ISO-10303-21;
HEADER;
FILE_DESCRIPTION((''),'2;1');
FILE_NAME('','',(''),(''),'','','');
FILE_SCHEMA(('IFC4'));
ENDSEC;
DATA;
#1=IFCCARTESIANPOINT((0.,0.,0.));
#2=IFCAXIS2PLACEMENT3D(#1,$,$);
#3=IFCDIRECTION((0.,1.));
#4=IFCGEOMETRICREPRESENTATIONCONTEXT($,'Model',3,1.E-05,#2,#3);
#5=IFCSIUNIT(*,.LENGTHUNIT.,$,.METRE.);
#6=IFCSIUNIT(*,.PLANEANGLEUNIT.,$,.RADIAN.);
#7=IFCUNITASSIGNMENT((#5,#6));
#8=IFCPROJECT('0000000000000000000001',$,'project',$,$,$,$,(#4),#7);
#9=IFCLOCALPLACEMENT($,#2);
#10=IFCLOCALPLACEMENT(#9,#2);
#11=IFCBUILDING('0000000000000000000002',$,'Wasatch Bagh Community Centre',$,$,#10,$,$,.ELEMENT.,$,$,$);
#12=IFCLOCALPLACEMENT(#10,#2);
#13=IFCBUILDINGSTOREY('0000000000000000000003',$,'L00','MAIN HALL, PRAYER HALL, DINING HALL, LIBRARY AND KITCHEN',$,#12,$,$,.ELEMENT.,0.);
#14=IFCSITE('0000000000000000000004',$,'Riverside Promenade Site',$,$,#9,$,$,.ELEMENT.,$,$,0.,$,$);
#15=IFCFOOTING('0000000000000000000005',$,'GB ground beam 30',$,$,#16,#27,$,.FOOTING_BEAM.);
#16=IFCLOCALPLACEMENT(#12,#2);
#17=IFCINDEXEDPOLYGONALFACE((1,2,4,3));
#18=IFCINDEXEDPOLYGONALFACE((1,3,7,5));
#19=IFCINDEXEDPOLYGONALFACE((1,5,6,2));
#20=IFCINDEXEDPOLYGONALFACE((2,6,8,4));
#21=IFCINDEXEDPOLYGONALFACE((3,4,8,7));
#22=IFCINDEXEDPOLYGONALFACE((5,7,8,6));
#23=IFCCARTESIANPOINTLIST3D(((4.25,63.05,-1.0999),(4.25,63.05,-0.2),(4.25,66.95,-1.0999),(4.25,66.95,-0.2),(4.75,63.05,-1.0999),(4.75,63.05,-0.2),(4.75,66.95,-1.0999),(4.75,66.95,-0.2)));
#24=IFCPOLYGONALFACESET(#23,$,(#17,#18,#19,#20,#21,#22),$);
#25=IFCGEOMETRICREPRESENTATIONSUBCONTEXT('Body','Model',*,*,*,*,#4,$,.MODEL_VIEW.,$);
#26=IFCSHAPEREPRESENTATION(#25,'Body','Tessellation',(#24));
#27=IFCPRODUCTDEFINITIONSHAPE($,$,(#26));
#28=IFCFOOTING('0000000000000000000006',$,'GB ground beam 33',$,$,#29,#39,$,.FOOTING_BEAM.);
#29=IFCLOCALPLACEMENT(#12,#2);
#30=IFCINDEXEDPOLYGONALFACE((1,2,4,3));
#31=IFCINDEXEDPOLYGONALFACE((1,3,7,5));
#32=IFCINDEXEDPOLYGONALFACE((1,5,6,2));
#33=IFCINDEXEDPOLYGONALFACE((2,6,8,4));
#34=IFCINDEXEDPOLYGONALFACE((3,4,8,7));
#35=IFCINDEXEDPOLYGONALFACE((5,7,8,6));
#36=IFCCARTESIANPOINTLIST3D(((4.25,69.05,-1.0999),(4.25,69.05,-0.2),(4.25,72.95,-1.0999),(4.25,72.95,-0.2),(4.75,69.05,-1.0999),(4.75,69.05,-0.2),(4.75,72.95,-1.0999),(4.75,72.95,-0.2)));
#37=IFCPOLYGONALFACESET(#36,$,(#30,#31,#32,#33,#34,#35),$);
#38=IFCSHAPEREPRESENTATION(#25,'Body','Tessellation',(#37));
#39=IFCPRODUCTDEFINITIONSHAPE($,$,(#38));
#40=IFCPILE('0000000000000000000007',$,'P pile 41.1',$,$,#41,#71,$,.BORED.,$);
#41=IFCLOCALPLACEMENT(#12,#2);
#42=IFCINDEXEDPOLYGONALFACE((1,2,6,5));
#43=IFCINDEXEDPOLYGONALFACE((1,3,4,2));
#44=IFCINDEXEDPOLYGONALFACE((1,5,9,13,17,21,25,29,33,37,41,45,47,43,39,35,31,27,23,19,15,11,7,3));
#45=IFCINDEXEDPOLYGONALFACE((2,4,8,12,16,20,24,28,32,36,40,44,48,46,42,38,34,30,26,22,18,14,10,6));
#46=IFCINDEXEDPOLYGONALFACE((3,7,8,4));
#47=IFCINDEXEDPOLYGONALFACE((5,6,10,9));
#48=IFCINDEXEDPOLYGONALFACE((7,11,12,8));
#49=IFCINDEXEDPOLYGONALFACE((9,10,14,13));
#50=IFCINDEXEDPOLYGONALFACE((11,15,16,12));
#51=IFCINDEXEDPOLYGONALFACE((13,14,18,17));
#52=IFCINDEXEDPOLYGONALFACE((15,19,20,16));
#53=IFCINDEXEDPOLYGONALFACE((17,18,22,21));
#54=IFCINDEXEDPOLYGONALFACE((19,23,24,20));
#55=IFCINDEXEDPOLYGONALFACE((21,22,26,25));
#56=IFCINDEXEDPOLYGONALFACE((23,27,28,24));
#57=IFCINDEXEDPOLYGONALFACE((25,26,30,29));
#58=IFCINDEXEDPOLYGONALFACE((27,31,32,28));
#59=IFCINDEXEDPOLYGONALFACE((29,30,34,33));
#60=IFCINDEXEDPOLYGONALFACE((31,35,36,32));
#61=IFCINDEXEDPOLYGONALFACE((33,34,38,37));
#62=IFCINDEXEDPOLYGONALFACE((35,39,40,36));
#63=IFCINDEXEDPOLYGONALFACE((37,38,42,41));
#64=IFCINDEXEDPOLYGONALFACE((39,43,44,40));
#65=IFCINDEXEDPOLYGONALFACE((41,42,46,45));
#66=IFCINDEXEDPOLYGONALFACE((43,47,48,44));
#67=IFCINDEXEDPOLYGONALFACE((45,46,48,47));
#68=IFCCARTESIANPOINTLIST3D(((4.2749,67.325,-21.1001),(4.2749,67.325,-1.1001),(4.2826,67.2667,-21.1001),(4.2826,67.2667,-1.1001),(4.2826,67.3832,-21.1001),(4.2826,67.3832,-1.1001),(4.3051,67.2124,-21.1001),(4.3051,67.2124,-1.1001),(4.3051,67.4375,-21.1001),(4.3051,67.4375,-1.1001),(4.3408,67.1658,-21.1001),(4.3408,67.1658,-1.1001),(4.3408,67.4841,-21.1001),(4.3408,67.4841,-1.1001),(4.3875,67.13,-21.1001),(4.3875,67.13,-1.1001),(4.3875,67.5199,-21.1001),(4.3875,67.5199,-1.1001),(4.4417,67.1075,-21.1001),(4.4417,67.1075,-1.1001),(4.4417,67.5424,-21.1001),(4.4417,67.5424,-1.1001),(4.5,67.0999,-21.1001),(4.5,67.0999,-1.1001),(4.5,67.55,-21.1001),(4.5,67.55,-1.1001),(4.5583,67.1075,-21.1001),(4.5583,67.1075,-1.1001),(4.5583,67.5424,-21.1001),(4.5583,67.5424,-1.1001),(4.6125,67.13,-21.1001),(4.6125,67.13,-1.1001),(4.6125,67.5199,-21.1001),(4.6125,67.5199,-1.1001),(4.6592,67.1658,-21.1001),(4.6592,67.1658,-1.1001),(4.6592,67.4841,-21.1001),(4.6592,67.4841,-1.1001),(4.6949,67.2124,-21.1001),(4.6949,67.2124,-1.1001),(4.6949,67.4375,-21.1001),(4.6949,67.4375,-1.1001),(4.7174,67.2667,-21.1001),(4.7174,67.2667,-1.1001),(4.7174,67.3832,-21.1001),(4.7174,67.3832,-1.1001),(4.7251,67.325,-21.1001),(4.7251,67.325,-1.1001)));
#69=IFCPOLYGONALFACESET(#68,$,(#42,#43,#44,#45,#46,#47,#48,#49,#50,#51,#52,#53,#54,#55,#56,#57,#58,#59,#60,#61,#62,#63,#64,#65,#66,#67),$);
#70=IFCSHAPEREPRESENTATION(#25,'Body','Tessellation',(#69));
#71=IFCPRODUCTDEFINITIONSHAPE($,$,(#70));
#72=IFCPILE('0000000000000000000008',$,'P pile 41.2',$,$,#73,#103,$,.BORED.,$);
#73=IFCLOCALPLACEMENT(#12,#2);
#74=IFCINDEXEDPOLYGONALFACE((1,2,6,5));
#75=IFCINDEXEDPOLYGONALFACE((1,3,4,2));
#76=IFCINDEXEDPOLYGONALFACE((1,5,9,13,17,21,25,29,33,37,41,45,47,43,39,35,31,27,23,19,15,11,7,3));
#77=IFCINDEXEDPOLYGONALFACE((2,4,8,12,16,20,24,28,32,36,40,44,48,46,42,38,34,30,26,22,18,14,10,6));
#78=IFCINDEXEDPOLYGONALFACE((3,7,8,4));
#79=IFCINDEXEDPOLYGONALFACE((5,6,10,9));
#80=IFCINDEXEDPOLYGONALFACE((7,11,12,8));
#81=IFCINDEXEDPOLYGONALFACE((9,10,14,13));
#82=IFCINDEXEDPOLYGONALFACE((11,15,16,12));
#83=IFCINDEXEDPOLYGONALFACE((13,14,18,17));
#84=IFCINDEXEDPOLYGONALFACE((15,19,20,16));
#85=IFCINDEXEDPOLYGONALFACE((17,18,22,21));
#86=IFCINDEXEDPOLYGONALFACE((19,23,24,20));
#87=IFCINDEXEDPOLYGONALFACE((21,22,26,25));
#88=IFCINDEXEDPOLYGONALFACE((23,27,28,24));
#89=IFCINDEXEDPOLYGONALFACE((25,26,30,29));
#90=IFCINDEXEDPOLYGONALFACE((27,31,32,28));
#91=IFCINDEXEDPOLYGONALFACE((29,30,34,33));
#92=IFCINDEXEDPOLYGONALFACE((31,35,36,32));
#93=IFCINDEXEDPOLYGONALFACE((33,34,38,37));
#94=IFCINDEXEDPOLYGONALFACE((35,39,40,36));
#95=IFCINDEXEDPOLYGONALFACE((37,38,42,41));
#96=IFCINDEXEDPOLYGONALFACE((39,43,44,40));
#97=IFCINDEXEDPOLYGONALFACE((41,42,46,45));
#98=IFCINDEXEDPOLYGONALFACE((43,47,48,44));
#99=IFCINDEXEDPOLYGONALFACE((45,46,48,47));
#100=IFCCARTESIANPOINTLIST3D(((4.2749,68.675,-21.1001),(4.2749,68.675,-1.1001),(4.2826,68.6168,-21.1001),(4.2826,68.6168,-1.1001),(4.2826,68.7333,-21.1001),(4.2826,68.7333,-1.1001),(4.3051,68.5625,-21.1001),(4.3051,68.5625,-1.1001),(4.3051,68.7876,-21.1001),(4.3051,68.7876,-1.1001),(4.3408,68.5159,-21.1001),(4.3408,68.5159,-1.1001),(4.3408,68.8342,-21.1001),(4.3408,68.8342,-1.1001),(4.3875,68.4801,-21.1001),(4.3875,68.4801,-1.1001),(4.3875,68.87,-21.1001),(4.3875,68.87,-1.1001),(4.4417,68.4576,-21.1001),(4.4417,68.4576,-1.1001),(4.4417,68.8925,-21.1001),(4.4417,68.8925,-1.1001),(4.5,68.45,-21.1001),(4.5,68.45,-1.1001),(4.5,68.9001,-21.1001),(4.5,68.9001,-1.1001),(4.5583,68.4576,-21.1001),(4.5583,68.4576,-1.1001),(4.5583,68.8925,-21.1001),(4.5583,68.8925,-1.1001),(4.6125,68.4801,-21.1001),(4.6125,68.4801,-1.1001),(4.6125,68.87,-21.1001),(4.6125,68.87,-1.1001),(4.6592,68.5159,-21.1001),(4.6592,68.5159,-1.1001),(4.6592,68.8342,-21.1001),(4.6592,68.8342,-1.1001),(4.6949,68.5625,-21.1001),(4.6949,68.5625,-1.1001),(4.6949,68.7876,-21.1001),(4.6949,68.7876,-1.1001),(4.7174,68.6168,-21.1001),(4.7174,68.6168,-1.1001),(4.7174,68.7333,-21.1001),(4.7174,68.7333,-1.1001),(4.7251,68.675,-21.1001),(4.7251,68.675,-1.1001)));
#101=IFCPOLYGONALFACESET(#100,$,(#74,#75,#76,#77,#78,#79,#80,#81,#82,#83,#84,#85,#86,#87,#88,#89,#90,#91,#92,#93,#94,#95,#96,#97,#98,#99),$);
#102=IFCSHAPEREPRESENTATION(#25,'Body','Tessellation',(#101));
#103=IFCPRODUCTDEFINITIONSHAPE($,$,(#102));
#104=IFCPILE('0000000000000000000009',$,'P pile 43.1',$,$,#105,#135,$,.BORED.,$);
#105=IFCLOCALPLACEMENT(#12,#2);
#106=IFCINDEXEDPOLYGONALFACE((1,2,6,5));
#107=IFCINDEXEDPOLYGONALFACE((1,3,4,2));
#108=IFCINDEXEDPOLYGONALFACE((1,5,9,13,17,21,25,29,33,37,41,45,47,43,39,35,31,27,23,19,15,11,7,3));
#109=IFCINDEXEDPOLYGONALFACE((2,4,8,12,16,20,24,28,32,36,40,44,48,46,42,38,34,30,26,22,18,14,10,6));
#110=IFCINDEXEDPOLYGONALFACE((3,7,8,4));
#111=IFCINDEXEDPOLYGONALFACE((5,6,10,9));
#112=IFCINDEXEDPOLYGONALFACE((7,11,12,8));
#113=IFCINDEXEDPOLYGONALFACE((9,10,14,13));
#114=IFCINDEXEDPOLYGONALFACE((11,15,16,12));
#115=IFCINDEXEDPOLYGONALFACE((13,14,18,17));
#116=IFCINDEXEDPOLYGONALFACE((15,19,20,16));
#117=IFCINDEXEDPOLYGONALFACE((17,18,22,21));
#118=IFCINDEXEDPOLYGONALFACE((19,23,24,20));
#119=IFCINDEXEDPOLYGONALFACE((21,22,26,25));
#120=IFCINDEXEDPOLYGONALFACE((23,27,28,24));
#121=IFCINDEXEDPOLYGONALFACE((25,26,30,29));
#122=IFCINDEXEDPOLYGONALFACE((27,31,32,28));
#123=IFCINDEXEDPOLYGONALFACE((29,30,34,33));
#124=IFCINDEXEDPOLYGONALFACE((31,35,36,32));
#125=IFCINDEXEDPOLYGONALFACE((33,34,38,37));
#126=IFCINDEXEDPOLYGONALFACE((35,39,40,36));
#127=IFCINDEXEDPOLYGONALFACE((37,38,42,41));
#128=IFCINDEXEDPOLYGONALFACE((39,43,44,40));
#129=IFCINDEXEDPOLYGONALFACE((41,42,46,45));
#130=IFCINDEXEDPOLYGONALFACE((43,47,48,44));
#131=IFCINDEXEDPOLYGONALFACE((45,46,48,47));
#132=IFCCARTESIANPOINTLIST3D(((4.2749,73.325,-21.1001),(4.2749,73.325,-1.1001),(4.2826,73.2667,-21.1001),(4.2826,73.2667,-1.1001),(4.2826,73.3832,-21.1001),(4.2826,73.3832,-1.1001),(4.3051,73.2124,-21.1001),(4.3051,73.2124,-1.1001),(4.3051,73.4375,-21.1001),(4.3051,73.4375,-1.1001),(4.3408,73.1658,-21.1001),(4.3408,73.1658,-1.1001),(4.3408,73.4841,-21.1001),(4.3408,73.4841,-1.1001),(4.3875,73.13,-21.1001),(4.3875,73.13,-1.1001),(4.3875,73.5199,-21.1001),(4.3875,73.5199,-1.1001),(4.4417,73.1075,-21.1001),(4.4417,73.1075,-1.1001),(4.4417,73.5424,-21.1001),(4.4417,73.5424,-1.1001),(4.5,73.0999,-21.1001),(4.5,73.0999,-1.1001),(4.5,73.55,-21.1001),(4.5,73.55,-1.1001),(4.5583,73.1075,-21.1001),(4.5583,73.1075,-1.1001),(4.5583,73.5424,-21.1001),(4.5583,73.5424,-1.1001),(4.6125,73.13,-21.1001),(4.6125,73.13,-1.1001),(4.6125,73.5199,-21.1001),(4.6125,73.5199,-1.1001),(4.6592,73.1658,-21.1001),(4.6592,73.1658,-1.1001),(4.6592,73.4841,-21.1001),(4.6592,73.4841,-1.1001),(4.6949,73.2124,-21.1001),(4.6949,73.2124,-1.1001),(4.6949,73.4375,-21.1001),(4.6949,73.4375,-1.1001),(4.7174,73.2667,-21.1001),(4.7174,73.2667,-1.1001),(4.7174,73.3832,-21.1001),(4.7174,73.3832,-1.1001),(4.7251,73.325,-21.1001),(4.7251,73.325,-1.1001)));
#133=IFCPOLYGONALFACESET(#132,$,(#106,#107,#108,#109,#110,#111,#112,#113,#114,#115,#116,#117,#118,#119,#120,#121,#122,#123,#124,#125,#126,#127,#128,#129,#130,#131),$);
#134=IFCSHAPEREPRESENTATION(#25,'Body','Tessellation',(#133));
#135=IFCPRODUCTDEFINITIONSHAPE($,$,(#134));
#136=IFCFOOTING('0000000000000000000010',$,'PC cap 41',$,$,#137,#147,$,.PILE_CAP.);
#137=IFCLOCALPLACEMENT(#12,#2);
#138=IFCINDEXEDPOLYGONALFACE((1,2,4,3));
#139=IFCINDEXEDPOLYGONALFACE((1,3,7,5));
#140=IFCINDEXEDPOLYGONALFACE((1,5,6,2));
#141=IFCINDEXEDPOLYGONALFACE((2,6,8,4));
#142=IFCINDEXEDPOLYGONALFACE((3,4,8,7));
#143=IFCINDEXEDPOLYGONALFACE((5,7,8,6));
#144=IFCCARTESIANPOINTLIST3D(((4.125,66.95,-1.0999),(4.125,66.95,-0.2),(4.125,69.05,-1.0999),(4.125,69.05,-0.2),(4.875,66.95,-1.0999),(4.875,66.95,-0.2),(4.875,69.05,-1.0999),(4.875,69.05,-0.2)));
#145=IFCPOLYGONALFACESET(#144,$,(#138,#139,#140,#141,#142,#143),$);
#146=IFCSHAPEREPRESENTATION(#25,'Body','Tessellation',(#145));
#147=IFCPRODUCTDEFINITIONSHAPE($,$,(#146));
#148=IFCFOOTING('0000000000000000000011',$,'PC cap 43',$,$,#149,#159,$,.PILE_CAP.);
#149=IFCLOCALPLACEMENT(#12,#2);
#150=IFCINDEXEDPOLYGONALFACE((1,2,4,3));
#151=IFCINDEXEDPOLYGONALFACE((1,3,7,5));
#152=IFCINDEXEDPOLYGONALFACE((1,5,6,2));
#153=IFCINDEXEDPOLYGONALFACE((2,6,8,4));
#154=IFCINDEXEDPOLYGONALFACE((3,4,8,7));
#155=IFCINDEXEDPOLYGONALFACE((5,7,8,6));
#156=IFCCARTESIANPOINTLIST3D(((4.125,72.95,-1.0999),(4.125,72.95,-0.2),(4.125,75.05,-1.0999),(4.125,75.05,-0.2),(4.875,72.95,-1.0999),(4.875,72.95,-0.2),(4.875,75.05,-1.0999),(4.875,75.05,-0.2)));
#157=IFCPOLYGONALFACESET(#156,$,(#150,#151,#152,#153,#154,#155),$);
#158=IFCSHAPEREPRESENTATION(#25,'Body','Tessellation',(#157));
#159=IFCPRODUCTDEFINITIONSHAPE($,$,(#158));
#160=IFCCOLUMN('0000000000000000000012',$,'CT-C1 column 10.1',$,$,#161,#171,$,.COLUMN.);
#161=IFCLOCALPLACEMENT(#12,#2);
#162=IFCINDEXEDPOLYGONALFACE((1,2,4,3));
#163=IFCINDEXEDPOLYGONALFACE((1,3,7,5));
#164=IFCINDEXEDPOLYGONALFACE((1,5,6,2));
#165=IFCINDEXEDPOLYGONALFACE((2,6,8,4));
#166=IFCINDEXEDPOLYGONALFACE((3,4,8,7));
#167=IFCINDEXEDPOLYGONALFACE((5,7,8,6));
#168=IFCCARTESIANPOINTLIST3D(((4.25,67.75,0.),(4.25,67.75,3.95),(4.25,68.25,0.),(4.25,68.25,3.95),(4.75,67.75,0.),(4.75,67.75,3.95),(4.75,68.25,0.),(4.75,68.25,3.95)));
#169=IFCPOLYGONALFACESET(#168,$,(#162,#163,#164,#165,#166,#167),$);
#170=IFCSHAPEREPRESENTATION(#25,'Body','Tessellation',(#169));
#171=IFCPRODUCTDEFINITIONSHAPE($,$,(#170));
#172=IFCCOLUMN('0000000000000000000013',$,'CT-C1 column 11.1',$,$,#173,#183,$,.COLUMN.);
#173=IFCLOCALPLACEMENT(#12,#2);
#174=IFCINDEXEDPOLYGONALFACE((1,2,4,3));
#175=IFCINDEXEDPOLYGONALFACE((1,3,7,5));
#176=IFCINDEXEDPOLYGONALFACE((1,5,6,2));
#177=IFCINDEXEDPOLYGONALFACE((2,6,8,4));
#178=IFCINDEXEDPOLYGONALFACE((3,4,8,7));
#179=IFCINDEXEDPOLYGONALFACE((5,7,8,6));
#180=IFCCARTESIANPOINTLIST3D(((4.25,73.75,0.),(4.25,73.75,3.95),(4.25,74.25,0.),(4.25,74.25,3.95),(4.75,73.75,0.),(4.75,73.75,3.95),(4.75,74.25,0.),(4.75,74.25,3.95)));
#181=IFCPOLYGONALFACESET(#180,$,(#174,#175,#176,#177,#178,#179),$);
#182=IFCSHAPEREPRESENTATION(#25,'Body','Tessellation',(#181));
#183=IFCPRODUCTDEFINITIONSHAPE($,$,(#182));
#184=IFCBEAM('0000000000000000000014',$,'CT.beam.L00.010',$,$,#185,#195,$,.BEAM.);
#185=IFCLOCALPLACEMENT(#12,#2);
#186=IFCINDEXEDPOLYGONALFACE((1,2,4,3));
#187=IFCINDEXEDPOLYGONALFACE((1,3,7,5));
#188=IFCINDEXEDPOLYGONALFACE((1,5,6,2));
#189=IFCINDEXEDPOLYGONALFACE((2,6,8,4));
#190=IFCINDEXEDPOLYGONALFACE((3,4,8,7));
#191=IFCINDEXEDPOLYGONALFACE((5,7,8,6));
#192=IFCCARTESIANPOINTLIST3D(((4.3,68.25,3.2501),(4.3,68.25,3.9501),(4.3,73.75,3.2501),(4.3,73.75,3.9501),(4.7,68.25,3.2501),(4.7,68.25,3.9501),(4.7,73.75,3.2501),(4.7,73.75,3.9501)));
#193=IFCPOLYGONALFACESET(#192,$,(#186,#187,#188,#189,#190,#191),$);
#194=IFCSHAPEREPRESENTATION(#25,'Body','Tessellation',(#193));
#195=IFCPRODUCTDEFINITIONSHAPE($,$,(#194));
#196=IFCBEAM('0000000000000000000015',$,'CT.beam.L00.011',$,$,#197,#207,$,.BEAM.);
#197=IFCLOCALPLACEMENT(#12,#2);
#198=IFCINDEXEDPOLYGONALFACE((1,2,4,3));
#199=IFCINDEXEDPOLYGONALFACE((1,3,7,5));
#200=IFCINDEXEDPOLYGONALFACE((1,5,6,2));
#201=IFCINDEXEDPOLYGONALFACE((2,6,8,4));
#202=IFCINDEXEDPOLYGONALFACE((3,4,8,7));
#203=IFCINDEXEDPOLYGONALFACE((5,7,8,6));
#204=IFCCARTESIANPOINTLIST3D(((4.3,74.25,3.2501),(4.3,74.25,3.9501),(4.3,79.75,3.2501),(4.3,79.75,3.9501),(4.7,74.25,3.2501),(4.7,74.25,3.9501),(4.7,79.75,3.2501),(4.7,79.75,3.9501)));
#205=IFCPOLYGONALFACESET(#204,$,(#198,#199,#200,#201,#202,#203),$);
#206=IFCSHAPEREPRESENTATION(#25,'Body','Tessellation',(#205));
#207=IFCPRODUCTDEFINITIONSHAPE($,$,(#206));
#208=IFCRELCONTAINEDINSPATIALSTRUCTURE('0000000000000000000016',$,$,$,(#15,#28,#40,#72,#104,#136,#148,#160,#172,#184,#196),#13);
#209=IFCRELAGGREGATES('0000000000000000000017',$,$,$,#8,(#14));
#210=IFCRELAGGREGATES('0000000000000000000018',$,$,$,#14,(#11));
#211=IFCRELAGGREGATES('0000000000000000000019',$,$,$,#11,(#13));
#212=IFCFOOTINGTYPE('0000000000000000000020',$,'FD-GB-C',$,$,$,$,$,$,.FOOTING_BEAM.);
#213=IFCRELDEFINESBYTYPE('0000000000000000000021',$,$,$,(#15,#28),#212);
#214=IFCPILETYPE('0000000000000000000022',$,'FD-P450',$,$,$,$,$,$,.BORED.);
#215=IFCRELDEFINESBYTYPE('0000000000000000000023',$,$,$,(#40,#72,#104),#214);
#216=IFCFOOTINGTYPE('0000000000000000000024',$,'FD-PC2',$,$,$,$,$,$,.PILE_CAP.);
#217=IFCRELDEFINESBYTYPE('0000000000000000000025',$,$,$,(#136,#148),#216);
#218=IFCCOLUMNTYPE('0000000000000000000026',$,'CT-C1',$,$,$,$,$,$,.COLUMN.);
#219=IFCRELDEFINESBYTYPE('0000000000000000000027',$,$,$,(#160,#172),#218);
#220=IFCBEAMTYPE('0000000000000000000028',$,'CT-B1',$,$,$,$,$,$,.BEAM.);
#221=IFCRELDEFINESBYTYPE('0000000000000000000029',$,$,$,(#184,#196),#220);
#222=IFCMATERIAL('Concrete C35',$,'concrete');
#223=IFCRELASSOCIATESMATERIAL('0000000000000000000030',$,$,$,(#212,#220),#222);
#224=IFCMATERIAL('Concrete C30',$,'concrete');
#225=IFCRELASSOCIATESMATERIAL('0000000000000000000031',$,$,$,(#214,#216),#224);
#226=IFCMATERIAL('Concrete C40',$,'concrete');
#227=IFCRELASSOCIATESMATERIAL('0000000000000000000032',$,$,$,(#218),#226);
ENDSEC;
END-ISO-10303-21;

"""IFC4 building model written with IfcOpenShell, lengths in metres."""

from ifc_helpers import new_model, si_unit, direction, frame, origin, origin_2d, place, context, subcontext, project, spatial, rectangle, circle, extrude, material, material_profile, profile_set, type_object, element, save


model = new_model("IFC4")

# Units and contexts
model_context = context("Model", 3, precision=1e-05, world=origin(), true_north=direction((0.0, 1.0)))
body_context = subcontext(model_context, "Body", "Model", "MODEL_VIEW")
ifc_project = project(units=[si_unit("LENGTHUNIT", "METRE"), si_unit("PLANEANGLEUNIT", "RADIAN")], contexts=[model_context])

# Site, building, storey
site_placement = place(None, origin())
site = spatial("IfcSite", under=ifc_project, at=site_placement, Name="Riverside Promenade Site", CompositionType="ELEMENT", RefElevation=0.0)
building_placement = place(site_placement, origin())
building = spatial("IfcBuilding", under=site, at=building_placement, Name="Wasatch Bagh Community Centre", CompositionType="ELEMENT")
storey_placement = place(building_placement, origin())
storey = spatial("IfcBuildingStorey", under=building, at=storey_placement, Name="L00", Description="MAIN HALL, PRAYER HALL, DINING HALL, LIBRARY AND KITCHEN", CompositionType="ELEMENT", Elevation=0.0)

# Footings
ifc_material_1 = material(Name="Concrete C35", Category="concrete")
footing_type_1 = type_object("IfcFootingType", Name="FD-GB-C", PredefinedType="FOOTING_BEAM", material=ifc_material_1)
for number, where, z_axis, x_axis, name in (
    (1, (4.5, 65.0, -1.0999), (0.0, 0.0, 1.0), (0.0, 1.0, 0.0), "GB ground beam 30"),
    (2, (4.5, 71.0, -1.0999), (0.0, 0.0, 1.0), (0.0, 1.0, 0.0), "GB ground beam 33"),
):
    element("IfcFooting", number, at=place(storey_placement, frame(where, z_axis=z_axis, x_axis=x_axis)), inside=storey, type_object=footing_type_1, Name=name, PredefinedType="FOOTING_BEAM", context=body_context, shape_type="SweptSolid", body=[
        extrude(rectangle(XDim=3.8999, YDim=0.5, at=origin_2d()), origin(), (0.0, 0.0, 1.0), 0.8999),
    ])

# Piles
ifc_material_2 = material(Name="Concrete C30", Category="concrete")
ifc_material_profile_1 = material_profile(ifc_material_2, circle(Radius=0.2251, at=origin_2d()), Name="RC D450")
ifc_profile_set_1 = profile_set([ifc_material_profile_1], Name="Concrete C30")
pile_type = type_object("IfcPileType", Name="FD-P450", PredefinedType="BORED", material=ifc_profile_set_1)
for number, where, z_axis, x_axis, name in (
    (3, (4.5, 67.325, -1.1001), (0.0, 0.0, -1.0), (1.0, 0.0, 0.0), "P pile 41.1"),
    (4, (4.5, 68.675, -1.1001), (0.0, 0.0, -1.0), (1.0, 0.0, 0.0), "P pile 41.2"),
    (5, (4.5, 73.325, -1.1001), (0.0, 0.0, -1.0), (1.0, 0.0, 0.0), "P pile 43.1"),
):
    element("IfcPile", number, at=place(storey_placement, frame(where, z_axis=z_axis, x_axis=x_axis)), inside=storey, type_object=pile_type, Name=name, PredefinedType="BORED", context=body_context, shape_type="SweptSolid", body=[
        extrude(circle(Radius=0.2251, at=origin_2d()), origin(), (0.0, 0.0, 1.0), 20.0),
    ])

# Footings
footing_type_2 = type_object("IfcFootingType", Name="FD-PC2", PredefinedType="PILE_CAP", material=ifc_material_2)
for number, where, z_axis, x_axis, name in (
    (6, (4.5, 68.0, -1.0999), (0.0, 0.0, 1.0), (0.0, 1.0, 0.0), "PC cap 41"),
    (7, (4.5, 74.0, -1.0999), (0.0, 0.0, 1.0), (0.0, 1.0, 0.0), "PC cap 43"),
):
    element("IfcFooting", number, at=place(storey_placement, frame(where, z_axis=z_axis, x_axis=x_axis)), inside=storey, type_object=footing_type_2, Name=name, PredefinedType="PILE_CAP", context=body_context, shape_type="SweptSolid", body=[
        extrude(rectangle(XDim=2.1001, YDim=0.75, at=origin_2d()), origin(), (0.0, 0.0, 1.0), 0.8999),
    ])

# Columns
ifc_material_3 = material(Name="Concrete C40", Category="concrete")
ifc_material_profile_2 = material_profile(ifc_material_3, rectangle(XDim=0.5, YDim=0.5, at=origin_2d()), Name="RC 500x500")
ifc_profile_set_2 = profile_set([ifc_material_profile_2], Name="Concrete C40")
column_type = type_object("IfcColumnType", Name="CT-C1", PredefinedType="COLUMN", material=ifc_profile_set_2)
for number, where, z_axis, x_axis, name in (
    (8, (4.5, 68.0, 0.0), (0.0, 0.0, 1.0), (1.0, 0.0, 0.0), "CT-C1 column 10.1"),
    (9, (4.5, 74.0, 0.0), (0.0, 0.0, 1.0), (1.0, 0.0, 0.0), "CT-C1 column 11.1"),
):
    element("IfcColumn", number, at=place(storey_placement, frame(where, z_axis=z_axis, x_axis=x_axis)), inside=storey, type_object=column_type, Name=name, PredefinedType="COLUMN", context=body_context, shape_type="SweptSolid", body=[
        extrude(rectangle(XDim=0.5, YDim=0.5, at=origin_2d()), origin(), (0.0, 0.0, 1.0), 3.95),
    ])

# Beams
ifc_material_profile_3 = material_profile(ifc_material_1, rectangle(XDim=0.3999, YDim=0.7, at=origin_2d()), Name="RC 400x700")
ifc_profile_set_3 = profile_set([ifc_material_profile_3], Name="Concrete C35")
beam_type_1 = type_object("IfcBeamType", Name="CT-B1", PredefinedType="BEAM", material=ifc_profile_set_3)
for number, where, z_axis, x_axis, name in (
    (10, (4.5, 68.25, 3.6001), (0.0, 1.0, 0.0), (-1.0, 0.0, 0.0), "CT.beam.L00.010"),
    (11, (4.5, 74.25, 3.6001), (0.0, 1.0, 0.0), (-1.0, 0.0, 0.0), "CT.beam.L00.011"),
):
    element("IfcBeam", number, at=place(storey_placement, frame(where, z_axis=z_axis, x_axis=x_axis)), inside=storey, type_object=beam_type_1, Name=name, PredefinedType="BEAM", context=body_context, shape_type="SweptSolid", body=[
        extrude(rectangle(XDim=0.3999, YDim=0.7, at=origin_2d()), origin(), (0.0, 0.0, 1.0), 5.5),
    ])

save(model, "model.ifc")
